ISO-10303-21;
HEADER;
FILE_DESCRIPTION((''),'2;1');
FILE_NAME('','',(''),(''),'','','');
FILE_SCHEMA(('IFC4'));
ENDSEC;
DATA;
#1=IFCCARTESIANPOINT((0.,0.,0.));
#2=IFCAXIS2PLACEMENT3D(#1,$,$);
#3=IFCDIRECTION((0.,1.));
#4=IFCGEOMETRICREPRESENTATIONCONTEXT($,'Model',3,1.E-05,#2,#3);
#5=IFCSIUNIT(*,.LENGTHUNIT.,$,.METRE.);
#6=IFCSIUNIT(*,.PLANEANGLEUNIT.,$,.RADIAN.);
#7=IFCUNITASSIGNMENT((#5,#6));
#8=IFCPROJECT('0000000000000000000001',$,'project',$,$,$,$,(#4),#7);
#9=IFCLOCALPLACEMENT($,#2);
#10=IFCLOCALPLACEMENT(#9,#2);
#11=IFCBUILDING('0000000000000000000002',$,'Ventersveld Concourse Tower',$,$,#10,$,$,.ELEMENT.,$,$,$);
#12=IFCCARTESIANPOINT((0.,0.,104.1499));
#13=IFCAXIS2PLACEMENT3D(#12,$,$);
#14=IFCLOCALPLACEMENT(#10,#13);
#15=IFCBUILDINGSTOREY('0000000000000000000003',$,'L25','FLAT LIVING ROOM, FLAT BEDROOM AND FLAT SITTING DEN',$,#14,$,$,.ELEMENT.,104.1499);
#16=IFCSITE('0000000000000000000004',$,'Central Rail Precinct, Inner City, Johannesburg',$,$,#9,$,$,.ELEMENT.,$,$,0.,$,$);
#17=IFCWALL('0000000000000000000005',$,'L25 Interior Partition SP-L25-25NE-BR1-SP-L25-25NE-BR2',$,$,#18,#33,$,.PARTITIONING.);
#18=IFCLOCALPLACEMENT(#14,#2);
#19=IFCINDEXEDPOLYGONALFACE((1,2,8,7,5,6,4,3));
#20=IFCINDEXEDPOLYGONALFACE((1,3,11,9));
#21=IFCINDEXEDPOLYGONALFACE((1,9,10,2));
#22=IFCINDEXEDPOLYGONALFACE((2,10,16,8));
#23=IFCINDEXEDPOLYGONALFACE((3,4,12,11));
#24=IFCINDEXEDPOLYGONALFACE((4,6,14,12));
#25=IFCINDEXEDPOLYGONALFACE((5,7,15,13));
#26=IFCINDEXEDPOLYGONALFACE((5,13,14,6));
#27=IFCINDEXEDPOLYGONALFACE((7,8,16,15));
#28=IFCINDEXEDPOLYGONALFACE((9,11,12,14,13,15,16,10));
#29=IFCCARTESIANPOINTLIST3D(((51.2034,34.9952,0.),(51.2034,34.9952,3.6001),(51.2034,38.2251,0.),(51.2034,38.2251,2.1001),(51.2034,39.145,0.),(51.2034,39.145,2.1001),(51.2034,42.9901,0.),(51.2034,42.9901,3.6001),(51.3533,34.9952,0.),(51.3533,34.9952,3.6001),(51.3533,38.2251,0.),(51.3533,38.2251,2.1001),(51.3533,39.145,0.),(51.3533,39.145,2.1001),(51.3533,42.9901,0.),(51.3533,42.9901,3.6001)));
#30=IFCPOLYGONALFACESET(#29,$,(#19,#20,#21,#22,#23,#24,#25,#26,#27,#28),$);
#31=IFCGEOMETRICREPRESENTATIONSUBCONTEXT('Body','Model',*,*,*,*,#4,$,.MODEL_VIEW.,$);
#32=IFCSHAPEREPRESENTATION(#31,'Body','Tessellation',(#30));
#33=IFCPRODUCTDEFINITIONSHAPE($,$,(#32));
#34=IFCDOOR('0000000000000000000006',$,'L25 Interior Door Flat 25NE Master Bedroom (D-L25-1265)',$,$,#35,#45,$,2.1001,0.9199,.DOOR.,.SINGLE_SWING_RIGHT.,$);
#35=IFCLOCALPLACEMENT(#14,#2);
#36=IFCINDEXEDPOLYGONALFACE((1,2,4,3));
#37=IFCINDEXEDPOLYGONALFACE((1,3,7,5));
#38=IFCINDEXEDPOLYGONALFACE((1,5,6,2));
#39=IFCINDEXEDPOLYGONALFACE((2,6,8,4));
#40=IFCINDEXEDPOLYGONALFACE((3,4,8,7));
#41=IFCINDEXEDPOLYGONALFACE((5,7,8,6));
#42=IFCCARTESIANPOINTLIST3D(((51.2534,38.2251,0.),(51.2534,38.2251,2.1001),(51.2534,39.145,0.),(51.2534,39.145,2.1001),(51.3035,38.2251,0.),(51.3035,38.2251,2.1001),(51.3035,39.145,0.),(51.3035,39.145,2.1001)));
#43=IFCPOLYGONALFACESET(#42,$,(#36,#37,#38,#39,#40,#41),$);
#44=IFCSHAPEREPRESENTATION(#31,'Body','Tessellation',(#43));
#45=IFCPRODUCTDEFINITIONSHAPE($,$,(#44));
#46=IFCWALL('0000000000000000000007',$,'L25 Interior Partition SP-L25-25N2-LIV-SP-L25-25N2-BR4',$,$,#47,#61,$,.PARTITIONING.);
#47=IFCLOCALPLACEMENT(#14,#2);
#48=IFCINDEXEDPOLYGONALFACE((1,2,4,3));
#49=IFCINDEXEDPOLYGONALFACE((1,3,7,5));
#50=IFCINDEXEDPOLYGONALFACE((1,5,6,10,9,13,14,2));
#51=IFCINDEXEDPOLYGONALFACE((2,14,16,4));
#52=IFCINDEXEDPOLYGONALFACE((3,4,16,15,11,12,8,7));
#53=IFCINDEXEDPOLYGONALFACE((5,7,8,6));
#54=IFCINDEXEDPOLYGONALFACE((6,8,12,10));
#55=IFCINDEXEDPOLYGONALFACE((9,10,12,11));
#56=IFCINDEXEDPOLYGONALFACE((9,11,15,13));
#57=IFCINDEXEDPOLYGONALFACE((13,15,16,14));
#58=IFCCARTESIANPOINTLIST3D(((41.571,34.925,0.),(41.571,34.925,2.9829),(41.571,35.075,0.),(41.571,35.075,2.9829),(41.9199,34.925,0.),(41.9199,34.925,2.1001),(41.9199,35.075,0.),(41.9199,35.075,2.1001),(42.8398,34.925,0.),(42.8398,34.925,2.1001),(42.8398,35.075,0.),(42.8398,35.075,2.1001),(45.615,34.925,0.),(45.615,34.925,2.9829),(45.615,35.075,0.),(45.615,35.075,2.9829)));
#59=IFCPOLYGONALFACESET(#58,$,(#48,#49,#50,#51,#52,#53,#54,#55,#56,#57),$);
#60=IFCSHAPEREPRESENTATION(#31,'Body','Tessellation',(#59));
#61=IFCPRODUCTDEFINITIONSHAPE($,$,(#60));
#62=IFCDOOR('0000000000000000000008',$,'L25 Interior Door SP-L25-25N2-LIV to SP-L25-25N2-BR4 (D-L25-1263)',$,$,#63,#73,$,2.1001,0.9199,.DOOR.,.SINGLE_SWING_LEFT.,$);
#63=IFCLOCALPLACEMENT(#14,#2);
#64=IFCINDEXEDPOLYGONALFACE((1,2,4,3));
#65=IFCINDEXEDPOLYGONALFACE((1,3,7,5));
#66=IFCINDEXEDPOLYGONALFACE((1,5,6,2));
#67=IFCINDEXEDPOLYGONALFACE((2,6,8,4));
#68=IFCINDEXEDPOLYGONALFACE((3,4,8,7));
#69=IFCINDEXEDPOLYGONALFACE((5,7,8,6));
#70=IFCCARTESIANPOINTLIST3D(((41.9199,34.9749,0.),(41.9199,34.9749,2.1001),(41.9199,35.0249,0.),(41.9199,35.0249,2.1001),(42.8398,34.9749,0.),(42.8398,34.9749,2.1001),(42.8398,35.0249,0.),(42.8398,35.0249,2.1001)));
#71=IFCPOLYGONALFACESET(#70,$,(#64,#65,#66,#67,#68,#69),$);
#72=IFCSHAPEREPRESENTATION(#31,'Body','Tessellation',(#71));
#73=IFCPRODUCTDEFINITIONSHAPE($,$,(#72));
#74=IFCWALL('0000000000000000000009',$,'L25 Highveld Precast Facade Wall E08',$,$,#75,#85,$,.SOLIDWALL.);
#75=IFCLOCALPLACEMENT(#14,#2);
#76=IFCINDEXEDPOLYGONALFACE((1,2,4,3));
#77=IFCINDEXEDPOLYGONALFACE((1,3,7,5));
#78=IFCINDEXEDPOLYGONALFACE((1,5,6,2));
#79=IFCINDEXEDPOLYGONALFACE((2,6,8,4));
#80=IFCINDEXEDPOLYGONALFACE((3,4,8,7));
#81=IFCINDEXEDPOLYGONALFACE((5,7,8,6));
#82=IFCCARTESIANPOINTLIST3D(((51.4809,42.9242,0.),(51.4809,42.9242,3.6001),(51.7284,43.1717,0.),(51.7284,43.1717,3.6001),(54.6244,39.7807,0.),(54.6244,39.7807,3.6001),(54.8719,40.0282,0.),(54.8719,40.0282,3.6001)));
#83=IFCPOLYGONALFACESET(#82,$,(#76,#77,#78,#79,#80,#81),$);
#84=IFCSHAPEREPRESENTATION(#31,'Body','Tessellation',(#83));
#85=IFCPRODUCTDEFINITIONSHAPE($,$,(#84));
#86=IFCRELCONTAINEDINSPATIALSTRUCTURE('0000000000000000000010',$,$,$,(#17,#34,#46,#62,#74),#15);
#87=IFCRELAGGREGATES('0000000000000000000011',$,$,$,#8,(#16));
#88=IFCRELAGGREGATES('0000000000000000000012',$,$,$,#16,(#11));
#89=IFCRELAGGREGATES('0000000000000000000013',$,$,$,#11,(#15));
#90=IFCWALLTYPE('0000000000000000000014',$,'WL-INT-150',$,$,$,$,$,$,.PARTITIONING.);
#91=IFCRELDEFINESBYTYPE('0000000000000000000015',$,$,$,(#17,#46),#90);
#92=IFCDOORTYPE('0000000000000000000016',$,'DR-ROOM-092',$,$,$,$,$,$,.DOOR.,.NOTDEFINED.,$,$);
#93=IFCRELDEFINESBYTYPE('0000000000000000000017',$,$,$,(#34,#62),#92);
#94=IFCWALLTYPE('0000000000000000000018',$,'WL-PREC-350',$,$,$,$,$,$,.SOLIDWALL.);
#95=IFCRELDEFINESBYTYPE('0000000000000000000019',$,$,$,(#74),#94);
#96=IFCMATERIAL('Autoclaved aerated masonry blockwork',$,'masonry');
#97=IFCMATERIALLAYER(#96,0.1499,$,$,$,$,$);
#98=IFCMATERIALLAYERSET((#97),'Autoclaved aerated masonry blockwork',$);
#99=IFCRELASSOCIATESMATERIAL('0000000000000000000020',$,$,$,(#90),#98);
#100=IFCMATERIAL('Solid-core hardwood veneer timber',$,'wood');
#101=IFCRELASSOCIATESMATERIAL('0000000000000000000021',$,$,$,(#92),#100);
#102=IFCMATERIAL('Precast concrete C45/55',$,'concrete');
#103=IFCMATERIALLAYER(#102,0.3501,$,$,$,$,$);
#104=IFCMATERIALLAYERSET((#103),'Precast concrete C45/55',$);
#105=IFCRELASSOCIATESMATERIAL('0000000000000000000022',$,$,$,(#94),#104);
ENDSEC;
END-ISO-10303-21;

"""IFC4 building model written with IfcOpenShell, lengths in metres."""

from ifc_helpers import new_model, si_unit, direction, frame, frame_2d, origin, place, context, subcontext, project, spatial, rectangle, extrude, material, layer, layer_set, type_object, element, fill, save


model = new_model("IFC4")

# Units and contexts
model_context = context("Model", 3, precision=1e-05, world=origin(), true_north=direction((0.0, 1.0)))
body_context = subcontext(model_context, "Body", "Model", "MODEL_VIEW")
ifc_project = project(units=[si_unit("LENGTHUNIT", "METRE"), si_unit("PLANEANGLEUNIT", "RADIAN")], contexts=[model_context])

# Site, building, storey
site_placement = place(None, origin())
site = spatial("IfcSite", under=ifc_project, at=site_placement, Name="Central Rail Precinct, Inner City, Johannesburg", CompositionType="ELEMENT", RefElevation=0.0)
building_placement = place(site_placement, origin())
building = spatial("IfcBuilding", under=site, at=building_placement, Name="Ventersveld Concourse Tower", CompositionType="ELEMENT")
storey_placement = place(building_placement, frame((0.0, 0.0, 104.1499)))
storey = spatial("IfcBuildingStorey", under=building, at=storey_placement, Name="L25", Description="FLAT LIVING ROOM, FLAT BEDROOM AND FLAT SITTING DEN", CompositionType="ELEMENT", Elevation=104.1499)

# Shared definitions
ifc_material_1 = material(Name="Autoclaved aerated masonry blockwork", Category="masonry")
ifc_layer_1 = layer(ifc_material_1, 0.1499)
ifc_layer_set_1 = layer_set([ifc_layer_1], Name="Autoclaved aerated masonry blockwork")
wall_type_1 = type_object("IfcWallType", Name="WL-INT-150", PredefinedType="PARTITIONING", material=ifc_layer_set_1)

# Walls, openings, doors
ifc_material_2 = material(Name="Solid-core hardwood veneer timber", Category="wood")
door_type = type_object("IfcDoorType", Name="DR-ROOM-092", OperationType="NOTDEFINED", PredefinedType="DOOR", material=ifc_material_2)
wall_1_placement = place(storey_placement, frame((51.2783, 34.9951, 0.0), z_axis=(0.0, 0.0, 1.0), x_axis=(0.0, 1.0, 0.0)))
wall_1 = element("IfcWall", 1, at=wall_1_placement, inside=storey, type_object=wall_type_1, Name="L25 Interior Partition SP-L25-25NE-BR1-SP-L25-25NE-BR2", PredefinedType="PARTITIONING", context=body_context, shape_type="SweptSolid", body=[
    extrude(rectangle(XDim=7.9949, YDim=0.1499, at=frame_2d((3.9976, 0.0))), origin(), (0.0, 0.0, 1.0), 3.6001),
])
opening_1_placement = place(wall_1_placement, frame((3.23, 0.0, 0.0)))
opening_1 = element("IfcOpeningElement", 2, at=opening_1_placement, cuts=wall_1, PredefinedType="OPENING", context=body_context, shape_type="SweptSolid", body=[
    extrude(rectangle(XDim=0.9199, YDim=2.1001, at=frame_2d((0.46, 1.05))), frame((0.0, 0.085, 0.0), z_axis=(0.0, -1.0, 0.0), x_axis=(1.0, 0.0, 0.0)), (0.0, 0.0, 1.0), 0.1699),
])
door_1_placement = place(opening_1_placement, origin())
door_1 = element("IfcDoor", 3, at=door_1_placement, inside=storey, type_object=door_type, Name="L25 Interior Door Flat 25NE Master Bedroom (D-L25-1265)", OperationType="SINGLE_SWING_RIGHT", OverallHeight=2.1001, OverallWidth=0.9199, PredefinedType="DOOR", context=body_context, shape_type="SweptSolid", body=[
    extrude(rectangle(XDim=0.9199, YDim=2.1001, at=frame_2d((0.46, 1.05))), frame((0.0, 0.0249, 0.0), z_axis=(0.0, -1.0, 0.0), x_axis=(1.0, 0.0, 0.0)), (0.0, 0.0, 1.0), 0.05),
])
fill(opening_1, door_1)
wall_2_placement = place(storey_placement, frame((41.571, 35.0, 0.0), z_axis=(0.0, 0.0, 1.0), x_axis=(1.0, 0.0, 0.0)))
wall_2 = element("IfcWall", 4, at=wall_2_placement, inside=storey, type_object=wall_type_1, Name="L25 Interior Partition SP-L25-25N2-LIV-SP-L25-25N2-BR4", PredefinedType="PARTITIONING", context=body_context, shape_type="SweptSolid", body=[
    extrude(rectangle(XDim=4.0439, YDim=0.1499, at=frame_2d((2.022, 0.0))), origin(), (0.0, 0.0, 1.0), 2.9829),
])
opening_2_placement = place(wall_2_placement, frame((0.3489, 0.0, 0.0)))
opening_2 = element("IfcOpeningElement", 5, at=opening_2_placement, cuts=wall_2, PredefinedType="OPENING", context=body_context, shape_type="SweptSolid", body=[
    extrude(rectangle(XDim=0.9199, YDim=2.1001, at=frame_2d((0.46, 1.05))), frame((0.0, 0.085, 0.0), z_axis=(0.0, -1.0, 0.0), x_axis=(1.0, 0.0, 0.0)), (0.0, 0.0, 1.0), 0.1699),
])
door_2_placement = place(opening_2_placement, origin())
door_2 = element("IfcDoor", 6, at=door_2_placement, inside=storey, type_object=door_type, Name="L25 Interior Door SP-L25-25N2-LIV to SP-L25-25N2-BR4 (D-L25-1263)", OperationType="SINGLE_SWING_LEFT", OverallHeight=2.1001, OverallWidth=0.9199, PredefinedType="DOOR", context=body_context, shape_type="SweptSolid", body=[
    extrude(rectangle(XDim=0.9199, YDim=2.1001, at=frame_2d((0.46, 1.05))), frame((0.0, 0.0249, 0.0), z_axis=(0.0, -1.0, 0.0), x_axis=(1.0, 0.0, 0.0)), (0.0, 0.0, 1.0), 0.05),
])
fill(opening_2, door_2)

# Wall
ifc_material_3 = material(Name="Precast concrete C45/55", Category="concrete")
ifc_layer_2 = layer(ifc_material_3, 0.3501)
ifc_layer_set_2 = layer_set([ifc_layer_2], Name="Precast concrete C45/55")
wall_type_2 = type_object("IfcWallType", Name="WL-PREC-350", PredefinedType="SOLIDWALL", material=ifc_layer_set_2)
wall_3_placement = place(storey_placement, frame((54.748, 39.9045, 0.0), z_axis=(0.0, 0.0, 1.0), x_axis=(-0.707107, 0.707107, 0.0)))
element("IfcWall", 7, at=wall_3_placement, inside=storey, type_object=wall_type_2, Name="L25 Highveld Precast Facade Wall E08", PredefinedType="SOLIDWALL", context=body_context, shape_type="SweptSolid", body=[
    extrude(rectangle(XDim=4.4456, YDim=0.3501, at=frame_2d((2.2227, 0.0))), origin(), (0.0, 0.0, 1.0), 3.6001),
])

save(model, "model.ifc")
